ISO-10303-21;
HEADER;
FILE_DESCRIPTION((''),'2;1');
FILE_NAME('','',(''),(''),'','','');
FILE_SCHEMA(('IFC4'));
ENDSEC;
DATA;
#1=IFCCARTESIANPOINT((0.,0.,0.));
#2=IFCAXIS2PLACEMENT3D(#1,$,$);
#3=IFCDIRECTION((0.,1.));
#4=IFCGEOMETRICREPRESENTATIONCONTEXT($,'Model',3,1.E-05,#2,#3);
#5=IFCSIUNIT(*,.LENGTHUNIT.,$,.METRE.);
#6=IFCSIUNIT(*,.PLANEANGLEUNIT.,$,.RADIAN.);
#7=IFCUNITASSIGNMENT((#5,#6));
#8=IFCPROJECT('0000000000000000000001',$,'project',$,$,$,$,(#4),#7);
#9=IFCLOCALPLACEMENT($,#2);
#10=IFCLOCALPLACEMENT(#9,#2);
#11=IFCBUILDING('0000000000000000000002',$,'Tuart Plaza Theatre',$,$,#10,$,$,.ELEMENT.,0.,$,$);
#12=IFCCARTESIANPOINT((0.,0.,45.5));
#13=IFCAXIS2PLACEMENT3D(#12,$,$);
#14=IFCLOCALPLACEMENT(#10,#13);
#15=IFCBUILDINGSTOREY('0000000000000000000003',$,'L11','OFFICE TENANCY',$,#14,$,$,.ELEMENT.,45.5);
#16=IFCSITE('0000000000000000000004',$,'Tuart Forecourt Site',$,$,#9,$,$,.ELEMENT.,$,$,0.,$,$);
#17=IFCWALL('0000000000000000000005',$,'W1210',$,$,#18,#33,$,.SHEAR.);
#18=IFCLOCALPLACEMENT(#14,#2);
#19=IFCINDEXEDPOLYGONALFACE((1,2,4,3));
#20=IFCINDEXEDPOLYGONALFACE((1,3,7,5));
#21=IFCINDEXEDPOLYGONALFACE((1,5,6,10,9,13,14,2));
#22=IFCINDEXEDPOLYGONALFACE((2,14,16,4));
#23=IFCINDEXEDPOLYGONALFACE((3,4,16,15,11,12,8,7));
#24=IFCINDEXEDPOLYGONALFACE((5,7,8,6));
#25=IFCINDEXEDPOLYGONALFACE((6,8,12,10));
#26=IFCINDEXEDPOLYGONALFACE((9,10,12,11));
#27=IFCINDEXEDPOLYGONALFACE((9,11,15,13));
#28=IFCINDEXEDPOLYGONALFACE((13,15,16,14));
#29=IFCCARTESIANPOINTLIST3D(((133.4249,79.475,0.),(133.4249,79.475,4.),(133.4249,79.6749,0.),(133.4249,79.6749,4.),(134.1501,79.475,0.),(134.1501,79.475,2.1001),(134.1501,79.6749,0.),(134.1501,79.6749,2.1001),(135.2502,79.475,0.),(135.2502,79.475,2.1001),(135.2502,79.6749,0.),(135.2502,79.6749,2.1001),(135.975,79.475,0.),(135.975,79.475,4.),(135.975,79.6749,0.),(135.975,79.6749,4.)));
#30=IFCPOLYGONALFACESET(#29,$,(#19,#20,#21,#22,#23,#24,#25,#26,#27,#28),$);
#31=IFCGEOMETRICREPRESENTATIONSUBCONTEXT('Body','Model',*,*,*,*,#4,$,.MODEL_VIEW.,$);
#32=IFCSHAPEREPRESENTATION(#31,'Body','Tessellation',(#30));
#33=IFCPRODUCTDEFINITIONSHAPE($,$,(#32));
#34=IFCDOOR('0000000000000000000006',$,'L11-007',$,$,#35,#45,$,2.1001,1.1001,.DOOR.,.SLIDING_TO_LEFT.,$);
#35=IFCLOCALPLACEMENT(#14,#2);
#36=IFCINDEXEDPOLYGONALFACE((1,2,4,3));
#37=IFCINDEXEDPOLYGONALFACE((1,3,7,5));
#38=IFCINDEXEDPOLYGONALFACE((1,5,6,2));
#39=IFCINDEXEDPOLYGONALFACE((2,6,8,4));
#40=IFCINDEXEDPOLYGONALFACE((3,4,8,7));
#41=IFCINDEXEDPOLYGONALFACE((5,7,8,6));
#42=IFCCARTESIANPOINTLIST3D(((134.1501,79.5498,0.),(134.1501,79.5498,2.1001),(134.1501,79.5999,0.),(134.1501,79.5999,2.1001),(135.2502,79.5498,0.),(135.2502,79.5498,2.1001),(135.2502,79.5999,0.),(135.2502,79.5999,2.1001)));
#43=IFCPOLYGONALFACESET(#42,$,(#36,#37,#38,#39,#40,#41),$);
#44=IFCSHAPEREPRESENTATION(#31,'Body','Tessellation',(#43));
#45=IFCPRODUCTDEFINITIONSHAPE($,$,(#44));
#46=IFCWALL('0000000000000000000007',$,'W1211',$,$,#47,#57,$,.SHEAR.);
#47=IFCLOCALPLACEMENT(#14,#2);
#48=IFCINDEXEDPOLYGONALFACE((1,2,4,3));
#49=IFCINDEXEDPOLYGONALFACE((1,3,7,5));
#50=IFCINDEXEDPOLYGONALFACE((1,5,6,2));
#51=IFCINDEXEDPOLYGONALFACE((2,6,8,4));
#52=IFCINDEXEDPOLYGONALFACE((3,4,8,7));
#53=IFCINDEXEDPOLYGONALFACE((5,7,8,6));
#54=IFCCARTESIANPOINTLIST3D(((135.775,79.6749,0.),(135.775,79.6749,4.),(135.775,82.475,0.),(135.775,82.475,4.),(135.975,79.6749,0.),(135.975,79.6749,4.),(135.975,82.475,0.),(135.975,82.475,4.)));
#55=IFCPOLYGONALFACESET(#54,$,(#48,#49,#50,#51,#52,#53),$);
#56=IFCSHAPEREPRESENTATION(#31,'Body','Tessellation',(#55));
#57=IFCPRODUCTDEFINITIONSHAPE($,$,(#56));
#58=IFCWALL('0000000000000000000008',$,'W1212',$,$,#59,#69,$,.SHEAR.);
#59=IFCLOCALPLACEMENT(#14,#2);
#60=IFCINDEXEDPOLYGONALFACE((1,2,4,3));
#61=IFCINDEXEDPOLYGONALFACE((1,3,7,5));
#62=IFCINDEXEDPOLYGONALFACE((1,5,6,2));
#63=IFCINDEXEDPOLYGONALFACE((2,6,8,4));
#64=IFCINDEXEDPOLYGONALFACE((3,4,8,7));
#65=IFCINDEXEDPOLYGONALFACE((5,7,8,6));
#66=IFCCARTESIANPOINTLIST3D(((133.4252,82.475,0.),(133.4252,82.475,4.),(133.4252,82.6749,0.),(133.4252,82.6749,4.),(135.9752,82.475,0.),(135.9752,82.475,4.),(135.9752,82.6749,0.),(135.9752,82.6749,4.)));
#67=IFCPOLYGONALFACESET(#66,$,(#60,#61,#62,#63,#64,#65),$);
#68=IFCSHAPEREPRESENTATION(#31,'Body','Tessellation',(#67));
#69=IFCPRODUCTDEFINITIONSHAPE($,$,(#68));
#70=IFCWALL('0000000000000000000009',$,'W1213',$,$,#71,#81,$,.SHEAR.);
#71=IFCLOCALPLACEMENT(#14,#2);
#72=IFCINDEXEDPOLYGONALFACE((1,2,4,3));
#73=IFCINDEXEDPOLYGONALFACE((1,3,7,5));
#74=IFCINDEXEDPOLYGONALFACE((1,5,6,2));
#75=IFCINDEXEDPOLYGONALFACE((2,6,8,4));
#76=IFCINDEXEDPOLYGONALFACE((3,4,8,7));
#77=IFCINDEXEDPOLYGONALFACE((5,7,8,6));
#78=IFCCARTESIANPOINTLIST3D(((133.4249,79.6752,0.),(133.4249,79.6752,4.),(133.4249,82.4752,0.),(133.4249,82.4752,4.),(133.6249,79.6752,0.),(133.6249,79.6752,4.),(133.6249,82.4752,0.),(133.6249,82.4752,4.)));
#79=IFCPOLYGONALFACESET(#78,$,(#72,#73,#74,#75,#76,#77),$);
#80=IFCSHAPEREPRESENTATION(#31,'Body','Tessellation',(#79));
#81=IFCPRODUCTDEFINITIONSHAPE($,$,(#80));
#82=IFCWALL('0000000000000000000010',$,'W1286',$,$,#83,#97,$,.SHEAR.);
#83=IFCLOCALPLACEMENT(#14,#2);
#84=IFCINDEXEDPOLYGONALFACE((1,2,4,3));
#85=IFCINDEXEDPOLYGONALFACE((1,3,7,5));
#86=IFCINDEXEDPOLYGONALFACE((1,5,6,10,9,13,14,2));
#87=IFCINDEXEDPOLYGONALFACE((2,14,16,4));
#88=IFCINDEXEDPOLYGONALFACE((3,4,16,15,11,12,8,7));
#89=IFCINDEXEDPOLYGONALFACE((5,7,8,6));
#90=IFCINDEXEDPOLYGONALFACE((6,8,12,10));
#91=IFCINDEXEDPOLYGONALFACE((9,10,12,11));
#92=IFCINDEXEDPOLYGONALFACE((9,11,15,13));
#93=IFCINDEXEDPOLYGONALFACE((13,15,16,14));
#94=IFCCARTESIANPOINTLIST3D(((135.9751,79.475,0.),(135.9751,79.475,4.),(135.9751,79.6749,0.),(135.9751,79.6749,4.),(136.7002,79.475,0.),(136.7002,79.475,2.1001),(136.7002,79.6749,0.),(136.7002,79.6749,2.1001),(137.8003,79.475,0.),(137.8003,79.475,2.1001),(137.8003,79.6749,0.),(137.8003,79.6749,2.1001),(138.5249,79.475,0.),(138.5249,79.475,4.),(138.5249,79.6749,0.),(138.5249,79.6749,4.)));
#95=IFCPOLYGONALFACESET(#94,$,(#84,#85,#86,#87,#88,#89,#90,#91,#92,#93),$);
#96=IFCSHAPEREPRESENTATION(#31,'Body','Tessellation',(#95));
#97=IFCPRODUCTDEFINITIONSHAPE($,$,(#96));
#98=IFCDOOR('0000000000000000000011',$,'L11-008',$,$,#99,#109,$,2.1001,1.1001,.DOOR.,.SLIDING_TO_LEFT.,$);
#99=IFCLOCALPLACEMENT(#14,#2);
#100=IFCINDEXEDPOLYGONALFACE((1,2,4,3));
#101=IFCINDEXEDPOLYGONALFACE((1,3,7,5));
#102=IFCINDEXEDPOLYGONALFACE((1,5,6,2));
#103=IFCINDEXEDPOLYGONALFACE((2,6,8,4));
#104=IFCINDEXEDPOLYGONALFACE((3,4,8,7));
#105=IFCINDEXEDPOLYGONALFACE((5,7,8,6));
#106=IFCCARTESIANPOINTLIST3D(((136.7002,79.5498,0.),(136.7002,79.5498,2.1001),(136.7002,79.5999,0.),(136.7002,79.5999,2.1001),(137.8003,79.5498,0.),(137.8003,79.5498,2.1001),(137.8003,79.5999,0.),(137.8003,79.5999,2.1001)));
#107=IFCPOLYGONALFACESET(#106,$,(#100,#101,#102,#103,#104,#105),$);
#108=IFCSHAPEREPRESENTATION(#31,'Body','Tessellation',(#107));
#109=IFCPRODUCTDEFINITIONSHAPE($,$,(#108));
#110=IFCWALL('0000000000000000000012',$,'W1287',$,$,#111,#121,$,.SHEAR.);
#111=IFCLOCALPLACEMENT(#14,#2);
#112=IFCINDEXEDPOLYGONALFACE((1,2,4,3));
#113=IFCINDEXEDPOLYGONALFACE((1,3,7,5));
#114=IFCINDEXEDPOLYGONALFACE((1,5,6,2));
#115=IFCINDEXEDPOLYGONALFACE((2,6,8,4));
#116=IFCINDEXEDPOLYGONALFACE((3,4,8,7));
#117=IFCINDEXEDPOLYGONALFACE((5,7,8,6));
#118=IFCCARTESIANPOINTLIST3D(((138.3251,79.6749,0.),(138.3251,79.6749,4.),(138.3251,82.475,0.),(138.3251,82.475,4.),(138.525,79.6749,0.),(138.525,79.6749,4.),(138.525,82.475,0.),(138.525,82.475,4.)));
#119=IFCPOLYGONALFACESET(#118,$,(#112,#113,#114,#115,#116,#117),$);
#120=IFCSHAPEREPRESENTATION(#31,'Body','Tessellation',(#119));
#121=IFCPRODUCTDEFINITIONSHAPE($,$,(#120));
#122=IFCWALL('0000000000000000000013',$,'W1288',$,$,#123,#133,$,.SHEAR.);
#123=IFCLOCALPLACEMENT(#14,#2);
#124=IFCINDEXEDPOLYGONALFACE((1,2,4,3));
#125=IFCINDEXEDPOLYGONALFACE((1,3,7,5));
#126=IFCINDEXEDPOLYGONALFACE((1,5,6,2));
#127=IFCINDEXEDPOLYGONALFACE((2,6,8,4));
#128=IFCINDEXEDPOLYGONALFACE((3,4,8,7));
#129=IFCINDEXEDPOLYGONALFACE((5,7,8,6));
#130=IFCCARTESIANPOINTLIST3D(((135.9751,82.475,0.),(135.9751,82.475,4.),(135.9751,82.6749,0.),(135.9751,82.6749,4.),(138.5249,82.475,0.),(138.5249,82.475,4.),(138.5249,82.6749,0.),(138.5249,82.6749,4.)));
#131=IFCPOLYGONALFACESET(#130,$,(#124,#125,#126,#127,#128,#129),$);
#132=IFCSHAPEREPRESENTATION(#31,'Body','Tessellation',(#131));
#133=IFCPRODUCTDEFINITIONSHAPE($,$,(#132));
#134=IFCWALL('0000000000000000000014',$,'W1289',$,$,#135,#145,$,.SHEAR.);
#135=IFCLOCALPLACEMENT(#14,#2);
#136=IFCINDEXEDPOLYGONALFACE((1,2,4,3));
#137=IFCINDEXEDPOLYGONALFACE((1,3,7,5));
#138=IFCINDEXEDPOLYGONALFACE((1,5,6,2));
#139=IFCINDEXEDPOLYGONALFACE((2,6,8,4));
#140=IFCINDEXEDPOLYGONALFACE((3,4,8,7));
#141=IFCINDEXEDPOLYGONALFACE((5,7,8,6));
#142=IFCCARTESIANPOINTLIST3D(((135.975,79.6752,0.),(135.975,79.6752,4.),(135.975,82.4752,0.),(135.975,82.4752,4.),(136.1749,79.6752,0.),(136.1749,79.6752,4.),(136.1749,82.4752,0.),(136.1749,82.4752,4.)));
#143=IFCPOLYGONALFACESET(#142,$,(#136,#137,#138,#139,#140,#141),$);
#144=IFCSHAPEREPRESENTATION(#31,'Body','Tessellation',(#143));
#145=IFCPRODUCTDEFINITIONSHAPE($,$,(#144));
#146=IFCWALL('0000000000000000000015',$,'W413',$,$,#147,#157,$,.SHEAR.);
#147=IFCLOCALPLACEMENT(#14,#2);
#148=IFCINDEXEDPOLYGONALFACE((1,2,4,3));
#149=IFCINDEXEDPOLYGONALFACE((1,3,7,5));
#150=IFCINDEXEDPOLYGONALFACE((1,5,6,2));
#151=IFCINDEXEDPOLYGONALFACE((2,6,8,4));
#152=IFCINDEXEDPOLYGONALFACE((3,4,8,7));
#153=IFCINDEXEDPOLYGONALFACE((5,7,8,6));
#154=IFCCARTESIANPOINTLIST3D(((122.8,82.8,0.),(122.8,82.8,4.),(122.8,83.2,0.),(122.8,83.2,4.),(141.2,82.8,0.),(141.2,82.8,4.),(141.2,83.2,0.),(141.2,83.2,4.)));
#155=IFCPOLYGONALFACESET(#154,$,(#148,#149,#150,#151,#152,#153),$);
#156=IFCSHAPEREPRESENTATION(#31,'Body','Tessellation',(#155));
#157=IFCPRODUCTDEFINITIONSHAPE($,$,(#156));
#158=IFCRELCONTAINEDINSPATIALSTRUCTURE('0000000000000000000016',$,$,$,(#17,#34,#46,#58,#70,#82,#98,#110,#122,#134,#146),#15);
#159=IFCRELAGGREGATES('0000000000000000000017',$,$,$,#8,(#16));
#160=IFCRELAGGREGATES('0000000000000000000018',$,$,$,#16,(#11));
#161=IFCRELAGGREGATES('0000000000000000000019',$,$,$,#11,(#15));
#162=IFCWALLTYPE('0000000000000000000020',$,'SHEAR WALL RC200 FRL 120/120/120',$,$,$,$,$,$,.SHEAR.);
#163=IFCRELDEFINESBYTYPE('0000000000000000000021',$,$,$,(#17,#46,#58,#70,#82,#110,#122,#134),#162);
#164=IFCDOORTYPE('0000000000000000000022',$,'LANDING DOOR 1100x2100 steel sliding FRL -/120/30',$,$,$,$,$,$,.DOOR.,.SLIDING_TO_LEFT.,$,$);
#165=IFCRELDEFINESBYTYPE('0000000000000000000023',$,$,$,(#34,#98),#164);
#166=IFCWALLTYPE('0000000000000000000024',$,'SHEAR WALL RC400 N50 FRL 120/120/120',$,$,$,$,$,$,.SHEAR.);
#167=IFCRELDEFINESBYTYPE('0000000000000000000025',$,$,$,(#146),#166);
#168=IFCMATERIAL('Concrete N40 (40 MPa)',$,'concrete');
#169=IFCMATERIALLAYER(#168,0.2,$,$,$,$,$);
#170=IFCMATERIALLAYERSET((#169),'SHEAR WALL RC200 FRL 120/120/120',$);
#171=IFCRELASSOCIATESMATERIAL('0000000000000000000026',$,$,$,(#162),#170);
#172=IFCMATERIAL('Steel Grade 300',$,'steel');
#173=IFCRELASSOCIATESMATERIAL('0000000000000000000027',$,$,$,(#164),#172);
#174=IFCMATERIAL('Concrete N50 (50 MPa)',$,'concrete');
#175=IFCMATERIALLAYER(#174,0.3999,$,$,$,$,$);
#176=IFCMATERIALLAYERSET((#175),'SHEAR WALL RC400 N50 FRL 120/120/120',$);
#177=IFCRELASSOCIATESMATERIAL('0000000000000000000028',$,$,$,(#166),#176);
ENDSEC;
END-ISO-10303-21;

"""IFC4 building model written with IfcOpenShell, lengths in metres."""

from ifc_helpers import new_model, si_unit, direction, frame, frame_2d, origin, place, context, subcontext, project, spatial, rectangle, extrude, material, layer, layer_set, type_object, element, fill, save


model = new_model("IFC4")

# Units and contexts
model_context = context("Model", 3, precision=1e-05, world=origin(), true_north=direction((0.0, 1.0)))
body_context = subcontext(model_context, "Body", "Model", "MODEL_VIEW")
ifc_project = project(units=[si_unit("LENGTHUNIT", "METRE"), si_unit("PLANEANGLEUNIT", "RADIAN")], contexts=[model_context])

# Site, building, storey
site_placement = place(None, origin())
site = spatial("IfcSite", under=ifc_project, at=site_placement, Name="Tuart Forecourt Site", CompositionType="ELEMENT", RefElevation=0.0)
building_placement = place(site_placement, origin())
building = spatial("IfcBuilding", under=site, at=building_placement, Name="Tuart Plaza Theatre", CompositionType="ELEMENT", ElevationOfRefHeight=0.0)
storey_placement = place(building_placement, frame((0.0, 0.0, 45.5)))
storey = spatial("IfcBuildingStorey", under=building, at=storey_placement, Name="L11", Description="OFFICE TENANCY", CompositionType="ELEMENT", Elevation=45.5)

# Shared definitions
ifc_material_1 = material(Name="Concrete N40 (40 MPa)", Category="concrete")
ifc_layer_1 = layer(ifc_material_1, 0.2)
ifc_layer_set_1 = layer_set([ifc_layer_1], Name="SHEAR WALL RC200 FRL 120/120/120")
wall_type_1 = type_object("IfcWallType", Name="SHEAR WALL RC200 FRL 120/120/120", PredefinedType="SHEAR", material=ifc_layer_set_1)

# Wall, opening, door
wall_1_placement = place(storey_placement, frame((133.425, 79.575, 0.0), z_axis=(0.0, 0.0, 1.0), x_axis=(1.0, 0.0, 0.0)))
wall_1 = element("IfcWall", 1, at=wall_1_placement, inside=storey, type_object=wall_type_1, Name="W1210", PredefinedType="SHEAR", context=body_context, shape_type="SweptSolid", body=[
    extrude(rectangle(XDim=2.55, YDim=0.2, at=frame_2d((1.2749, 0.0))), origin(), (0.0, 0.0, 1.0), 4.0),
])
opening_1_placement = place(wall_1_placement, frame((0.7251, 0.0, 0.0)))
opening_1 = element("IfcOpeningElement", 2, at=opening_1_placement, cuts=wall_1, PredefinedType="OPENING", context=body_context, shape_type="SweptSolid", body=[
    extrude(rectangle(XDim=1.1001, YDim=2.1001, at=frame_2d((0.55, 1.05))), frame((0.0, 0.1099, 0.0), z_axis=(0.0, -1.0, 0.0), x_axis=(1.0, 0.0, 0.0)), (0.0, 0.0, 1.0), 0.22),
])
ifc_material_2 = material(Name="Steel Grade 300", Category="steel")
door_type_1 = type_object("IfcDoorType", Name="LANDING DOOR 1100x2100 steel sliding FRL -/120/30", OperationType="SLIDING_TO_LEFT", PredefinedType="DOOR", material=ifc_material_2)
door_1_placement = place(opening_1_placement, origin())
door_1 = element("IfcDoor", 3, at=door_1_placement, inside=storey, type_object=door_type_1, Name="L11-007", OperationType="SLIDING_TO_LEFT", OverallHeight=2.1001, OverallWidth=1.1001, PredefinedType="DOOR", context=body_context, shape_type="SweptSolid", body=[
    extrude(rectangle(XDim=1.1001, YDim=2.1001, at=frame_2d((0.55, 1.05))), frame((0.0, 0.0249, 0.0), z_axis=(0.0, -1.0, 0.0), x_axis=(1.0, 0.0, 0.0)), (0.0, 0.0, 1.0), 0.05),
])
fill(opening_1, door_1)

# Walls
wall_2_placement = place(storey_placement, frame((135.875, 79.675, 0.0), z_axis=(0.0, 0.0, 1.0), x_axis=(0.0, 1.0, 0.0)))
element("IfcWall", 4, at=wall_2_placement, inside=storey, type_object=wall_type_1, Name="W1211", PredefinedType="SHEAR", context=body_context, shape_type="SweptSolid", body=[
    extrude(rectangle(XDim=2.8, YDim=0.2, at=frame_2d((1.3999, 0.0))), origin(), (0.0, 0.0, 1.0), 4.0),
])
wall_3_placement = place(storey_placement, frame((135.9751, 82.575, 0.0), z_axis=(0.0, 0.0, 1.0), x_axis=(-1.0, 0.0, 0.0)))
element("IfcWall", 5, at=wall_3_placement, inside=storey, type_object=wall_type_1, Name="W1212", PredefinedType="SHEAR", context=body_context, shape_type="SweptSolid", body=[
    extrude(rectangle(XDim=2.55, YDim=0.2, at=frame_2d((1.2749, 0.0))), origin(), (0.0, 0.0, 1.0), 4.0),
])
wall_4_placement = place(storey_placement, frame((133.5249, 82.4751, 0.0), z_axis=(0.0, 0.0, 1.0), x_axis=(0.0, -1.0, 0.0)))
element("IfcWall", 6, at=wall_4_placement, inside=storey, type_object=wall_type_1, Name="W1213", PredefinedType="SHEAR", context=body_context, shape_type="SweptSolid", body=[
    extrude(rectangle(XDim=2.8, YDim=0.2, at=frame_2d((1.3999, 0.0))), origin(), (0.0, 0.0, 1.0), 4.0),
])

# Wall, opening, door
wall_5_placement = place(storey_placement, frame((135.9751, 79.575, 0.0), z_axis=(0.0, 0.0, 1.0), x_axis=(1.0, 0.0, 0.0)))
wall_5 = element("IfcWall", 7, at=wall_5_placement, inside=storey, type_object=wall_type_1, Name="W1286", PredefinedType="SHEAR", context=body_context, shape_type="SweptSolid", body=[
    extrude(rectangle(XDim=2.5498, YDim=0.2, at=frame_2d((1.2749, 0.0))), origin(), (0.0, 0.0, 1.0), 4.0),
])
opening_2_placement = place(wall_5_placement, frame((0.7251, 0.0, 0.0)))
opening_2 = element("IfcOpeningElement", 8, at=opening_2_placement, cuts=wall_5, PredefinedType="OPENING", context=body_context, shape_type="SweptSolid", body=[
    extrude(rectangle(XDim=1.1001, YDim=2.1001, at=frame_2d((0.55, 1.05))), frame((0.0, 0.1099, 0.0), z_axis=(0.0, -1.0, 0.0), x_axis=(1.0, 0.0, 0.0)), (0.0, 0.0, 1.0), 0.22),
])
door_2_placement = place(opening_2_placement, origin())
door_2 = element("IfcDoor", 9, at=door_2_placement, inside=storey, type_object=door_type_1, Name="L11-008", OperationType="SLIDING_TO_LEFT", OverallHeight=2.1001, OverallWidth=1.1001, PredefinedType="DOOR", context=body_context, shape_type="SweptSolid", body=[
    extrude(rectangle(XDim=1.1001, YDim=2.1001, at=frame_2d((0.55, 1.05))), frame((0.0, 0.0249, 0.0), z_axis=(0.0, -1.0, 0.0), x_axis=(1.0, 0.0, 0.0)), (0.0, 0.0, 1.0), 0.05),
])
fill(opening_2, door_2)

# Walls
wall_6_placement = place(storey_placement, frame((138.425, 79.675, 0.0), z_axis=(0.0, 0.0, 1.0), x_axis=(0.0, 1.0, 0.0)))
element("IfcWall", 10, at=wall_6_placement, inside=storey, type_object=wall_type_1, Name="W1287", PredefinedType="SHEAR", context=body_context, shape_type="SweptSolid", body=[
    extrude(rectangle(XDim=2.8, YDim=0.2, at=frame_2d((1.3999, 0.0))), origin(), (0.0, 0.0, 1.0), 4.0),
])
wall_7_placement = place(storey_placement, frame((138.5249, 82.575, 0.0), z_axis=(0.0, 0.0, 1.0), x_axis=(-1.0, 0.0, 0.0)))
element("IfcWall", 11, at=wall_7_placement, inside=storey, type_object=wall_type_1, Name="W1288", PredefinedType="SHEAR", context=body_context, shape_type="SweptSolid", body=[
    extrude(rectangle(XDim=2.5498, YDim=0.2, at=frame_2d((1.2749, 0.0))), origin(), (0.0, 0.0, 1.0), 4.0),
])
wall_8_placement = place(storey_placement, frame((136.075, 82.4751, 0.0), z_axis=(0.0, 0.0, 1.0), x_axis=(0.0, -1.0, 0.0)))
element("IfcWall", 12, at=wall_8_placement, inside=storey, type_object=wall_type_1, Name="W1289", PredefinedType="SHEAR", context=body_context, shape_type="SweptSolid", body=[
    extrude(rectangle(XDim=2.8, YDim=0.2, at=frame_2d((1.3999, 0.0))), origin(), (0.0, 0.0, 1.0), 4.0),
])
ifc_material_3 = material(Name="Concrete N50 (50 MPa)", Category="concrete")
ifc_layer_2 = layer(ifc_material_3, 0.3999)
ifc_layer_set_2 = layer_set([ifc_layer_2], Name="SHEAR WALL RC400 N50 FRL 120/120/120")
wall_type_2 = type_object("IfcWallType", Name="SHEAR WALL RC400 N50 FRL 120/120/120", PredefinedType="SHEAR", material=ifc_layer_set_2)
wall_9_placement = place(storey_placement, frame((141.2, 83.0, 0.0), z_axis=(0.0, 0.0, 1.0), x_axis=(-1.0, 0.0, 0.0)))
element("IfcWall", 13, at=wall_9_placement, inside=storey, type_object=wall_type_2, Name="W413", PredefinedType="SHEAR", context=body_context, shape_type="SweptSolid", body=[
    extrude(rectangle(XDim=18.3999, YDim=0.3999, at=frame_2d((9.2, 0.0))), origin(), (0.0, 0.0, 1.0), 4.0),
])

save(model, "model.ifc")
